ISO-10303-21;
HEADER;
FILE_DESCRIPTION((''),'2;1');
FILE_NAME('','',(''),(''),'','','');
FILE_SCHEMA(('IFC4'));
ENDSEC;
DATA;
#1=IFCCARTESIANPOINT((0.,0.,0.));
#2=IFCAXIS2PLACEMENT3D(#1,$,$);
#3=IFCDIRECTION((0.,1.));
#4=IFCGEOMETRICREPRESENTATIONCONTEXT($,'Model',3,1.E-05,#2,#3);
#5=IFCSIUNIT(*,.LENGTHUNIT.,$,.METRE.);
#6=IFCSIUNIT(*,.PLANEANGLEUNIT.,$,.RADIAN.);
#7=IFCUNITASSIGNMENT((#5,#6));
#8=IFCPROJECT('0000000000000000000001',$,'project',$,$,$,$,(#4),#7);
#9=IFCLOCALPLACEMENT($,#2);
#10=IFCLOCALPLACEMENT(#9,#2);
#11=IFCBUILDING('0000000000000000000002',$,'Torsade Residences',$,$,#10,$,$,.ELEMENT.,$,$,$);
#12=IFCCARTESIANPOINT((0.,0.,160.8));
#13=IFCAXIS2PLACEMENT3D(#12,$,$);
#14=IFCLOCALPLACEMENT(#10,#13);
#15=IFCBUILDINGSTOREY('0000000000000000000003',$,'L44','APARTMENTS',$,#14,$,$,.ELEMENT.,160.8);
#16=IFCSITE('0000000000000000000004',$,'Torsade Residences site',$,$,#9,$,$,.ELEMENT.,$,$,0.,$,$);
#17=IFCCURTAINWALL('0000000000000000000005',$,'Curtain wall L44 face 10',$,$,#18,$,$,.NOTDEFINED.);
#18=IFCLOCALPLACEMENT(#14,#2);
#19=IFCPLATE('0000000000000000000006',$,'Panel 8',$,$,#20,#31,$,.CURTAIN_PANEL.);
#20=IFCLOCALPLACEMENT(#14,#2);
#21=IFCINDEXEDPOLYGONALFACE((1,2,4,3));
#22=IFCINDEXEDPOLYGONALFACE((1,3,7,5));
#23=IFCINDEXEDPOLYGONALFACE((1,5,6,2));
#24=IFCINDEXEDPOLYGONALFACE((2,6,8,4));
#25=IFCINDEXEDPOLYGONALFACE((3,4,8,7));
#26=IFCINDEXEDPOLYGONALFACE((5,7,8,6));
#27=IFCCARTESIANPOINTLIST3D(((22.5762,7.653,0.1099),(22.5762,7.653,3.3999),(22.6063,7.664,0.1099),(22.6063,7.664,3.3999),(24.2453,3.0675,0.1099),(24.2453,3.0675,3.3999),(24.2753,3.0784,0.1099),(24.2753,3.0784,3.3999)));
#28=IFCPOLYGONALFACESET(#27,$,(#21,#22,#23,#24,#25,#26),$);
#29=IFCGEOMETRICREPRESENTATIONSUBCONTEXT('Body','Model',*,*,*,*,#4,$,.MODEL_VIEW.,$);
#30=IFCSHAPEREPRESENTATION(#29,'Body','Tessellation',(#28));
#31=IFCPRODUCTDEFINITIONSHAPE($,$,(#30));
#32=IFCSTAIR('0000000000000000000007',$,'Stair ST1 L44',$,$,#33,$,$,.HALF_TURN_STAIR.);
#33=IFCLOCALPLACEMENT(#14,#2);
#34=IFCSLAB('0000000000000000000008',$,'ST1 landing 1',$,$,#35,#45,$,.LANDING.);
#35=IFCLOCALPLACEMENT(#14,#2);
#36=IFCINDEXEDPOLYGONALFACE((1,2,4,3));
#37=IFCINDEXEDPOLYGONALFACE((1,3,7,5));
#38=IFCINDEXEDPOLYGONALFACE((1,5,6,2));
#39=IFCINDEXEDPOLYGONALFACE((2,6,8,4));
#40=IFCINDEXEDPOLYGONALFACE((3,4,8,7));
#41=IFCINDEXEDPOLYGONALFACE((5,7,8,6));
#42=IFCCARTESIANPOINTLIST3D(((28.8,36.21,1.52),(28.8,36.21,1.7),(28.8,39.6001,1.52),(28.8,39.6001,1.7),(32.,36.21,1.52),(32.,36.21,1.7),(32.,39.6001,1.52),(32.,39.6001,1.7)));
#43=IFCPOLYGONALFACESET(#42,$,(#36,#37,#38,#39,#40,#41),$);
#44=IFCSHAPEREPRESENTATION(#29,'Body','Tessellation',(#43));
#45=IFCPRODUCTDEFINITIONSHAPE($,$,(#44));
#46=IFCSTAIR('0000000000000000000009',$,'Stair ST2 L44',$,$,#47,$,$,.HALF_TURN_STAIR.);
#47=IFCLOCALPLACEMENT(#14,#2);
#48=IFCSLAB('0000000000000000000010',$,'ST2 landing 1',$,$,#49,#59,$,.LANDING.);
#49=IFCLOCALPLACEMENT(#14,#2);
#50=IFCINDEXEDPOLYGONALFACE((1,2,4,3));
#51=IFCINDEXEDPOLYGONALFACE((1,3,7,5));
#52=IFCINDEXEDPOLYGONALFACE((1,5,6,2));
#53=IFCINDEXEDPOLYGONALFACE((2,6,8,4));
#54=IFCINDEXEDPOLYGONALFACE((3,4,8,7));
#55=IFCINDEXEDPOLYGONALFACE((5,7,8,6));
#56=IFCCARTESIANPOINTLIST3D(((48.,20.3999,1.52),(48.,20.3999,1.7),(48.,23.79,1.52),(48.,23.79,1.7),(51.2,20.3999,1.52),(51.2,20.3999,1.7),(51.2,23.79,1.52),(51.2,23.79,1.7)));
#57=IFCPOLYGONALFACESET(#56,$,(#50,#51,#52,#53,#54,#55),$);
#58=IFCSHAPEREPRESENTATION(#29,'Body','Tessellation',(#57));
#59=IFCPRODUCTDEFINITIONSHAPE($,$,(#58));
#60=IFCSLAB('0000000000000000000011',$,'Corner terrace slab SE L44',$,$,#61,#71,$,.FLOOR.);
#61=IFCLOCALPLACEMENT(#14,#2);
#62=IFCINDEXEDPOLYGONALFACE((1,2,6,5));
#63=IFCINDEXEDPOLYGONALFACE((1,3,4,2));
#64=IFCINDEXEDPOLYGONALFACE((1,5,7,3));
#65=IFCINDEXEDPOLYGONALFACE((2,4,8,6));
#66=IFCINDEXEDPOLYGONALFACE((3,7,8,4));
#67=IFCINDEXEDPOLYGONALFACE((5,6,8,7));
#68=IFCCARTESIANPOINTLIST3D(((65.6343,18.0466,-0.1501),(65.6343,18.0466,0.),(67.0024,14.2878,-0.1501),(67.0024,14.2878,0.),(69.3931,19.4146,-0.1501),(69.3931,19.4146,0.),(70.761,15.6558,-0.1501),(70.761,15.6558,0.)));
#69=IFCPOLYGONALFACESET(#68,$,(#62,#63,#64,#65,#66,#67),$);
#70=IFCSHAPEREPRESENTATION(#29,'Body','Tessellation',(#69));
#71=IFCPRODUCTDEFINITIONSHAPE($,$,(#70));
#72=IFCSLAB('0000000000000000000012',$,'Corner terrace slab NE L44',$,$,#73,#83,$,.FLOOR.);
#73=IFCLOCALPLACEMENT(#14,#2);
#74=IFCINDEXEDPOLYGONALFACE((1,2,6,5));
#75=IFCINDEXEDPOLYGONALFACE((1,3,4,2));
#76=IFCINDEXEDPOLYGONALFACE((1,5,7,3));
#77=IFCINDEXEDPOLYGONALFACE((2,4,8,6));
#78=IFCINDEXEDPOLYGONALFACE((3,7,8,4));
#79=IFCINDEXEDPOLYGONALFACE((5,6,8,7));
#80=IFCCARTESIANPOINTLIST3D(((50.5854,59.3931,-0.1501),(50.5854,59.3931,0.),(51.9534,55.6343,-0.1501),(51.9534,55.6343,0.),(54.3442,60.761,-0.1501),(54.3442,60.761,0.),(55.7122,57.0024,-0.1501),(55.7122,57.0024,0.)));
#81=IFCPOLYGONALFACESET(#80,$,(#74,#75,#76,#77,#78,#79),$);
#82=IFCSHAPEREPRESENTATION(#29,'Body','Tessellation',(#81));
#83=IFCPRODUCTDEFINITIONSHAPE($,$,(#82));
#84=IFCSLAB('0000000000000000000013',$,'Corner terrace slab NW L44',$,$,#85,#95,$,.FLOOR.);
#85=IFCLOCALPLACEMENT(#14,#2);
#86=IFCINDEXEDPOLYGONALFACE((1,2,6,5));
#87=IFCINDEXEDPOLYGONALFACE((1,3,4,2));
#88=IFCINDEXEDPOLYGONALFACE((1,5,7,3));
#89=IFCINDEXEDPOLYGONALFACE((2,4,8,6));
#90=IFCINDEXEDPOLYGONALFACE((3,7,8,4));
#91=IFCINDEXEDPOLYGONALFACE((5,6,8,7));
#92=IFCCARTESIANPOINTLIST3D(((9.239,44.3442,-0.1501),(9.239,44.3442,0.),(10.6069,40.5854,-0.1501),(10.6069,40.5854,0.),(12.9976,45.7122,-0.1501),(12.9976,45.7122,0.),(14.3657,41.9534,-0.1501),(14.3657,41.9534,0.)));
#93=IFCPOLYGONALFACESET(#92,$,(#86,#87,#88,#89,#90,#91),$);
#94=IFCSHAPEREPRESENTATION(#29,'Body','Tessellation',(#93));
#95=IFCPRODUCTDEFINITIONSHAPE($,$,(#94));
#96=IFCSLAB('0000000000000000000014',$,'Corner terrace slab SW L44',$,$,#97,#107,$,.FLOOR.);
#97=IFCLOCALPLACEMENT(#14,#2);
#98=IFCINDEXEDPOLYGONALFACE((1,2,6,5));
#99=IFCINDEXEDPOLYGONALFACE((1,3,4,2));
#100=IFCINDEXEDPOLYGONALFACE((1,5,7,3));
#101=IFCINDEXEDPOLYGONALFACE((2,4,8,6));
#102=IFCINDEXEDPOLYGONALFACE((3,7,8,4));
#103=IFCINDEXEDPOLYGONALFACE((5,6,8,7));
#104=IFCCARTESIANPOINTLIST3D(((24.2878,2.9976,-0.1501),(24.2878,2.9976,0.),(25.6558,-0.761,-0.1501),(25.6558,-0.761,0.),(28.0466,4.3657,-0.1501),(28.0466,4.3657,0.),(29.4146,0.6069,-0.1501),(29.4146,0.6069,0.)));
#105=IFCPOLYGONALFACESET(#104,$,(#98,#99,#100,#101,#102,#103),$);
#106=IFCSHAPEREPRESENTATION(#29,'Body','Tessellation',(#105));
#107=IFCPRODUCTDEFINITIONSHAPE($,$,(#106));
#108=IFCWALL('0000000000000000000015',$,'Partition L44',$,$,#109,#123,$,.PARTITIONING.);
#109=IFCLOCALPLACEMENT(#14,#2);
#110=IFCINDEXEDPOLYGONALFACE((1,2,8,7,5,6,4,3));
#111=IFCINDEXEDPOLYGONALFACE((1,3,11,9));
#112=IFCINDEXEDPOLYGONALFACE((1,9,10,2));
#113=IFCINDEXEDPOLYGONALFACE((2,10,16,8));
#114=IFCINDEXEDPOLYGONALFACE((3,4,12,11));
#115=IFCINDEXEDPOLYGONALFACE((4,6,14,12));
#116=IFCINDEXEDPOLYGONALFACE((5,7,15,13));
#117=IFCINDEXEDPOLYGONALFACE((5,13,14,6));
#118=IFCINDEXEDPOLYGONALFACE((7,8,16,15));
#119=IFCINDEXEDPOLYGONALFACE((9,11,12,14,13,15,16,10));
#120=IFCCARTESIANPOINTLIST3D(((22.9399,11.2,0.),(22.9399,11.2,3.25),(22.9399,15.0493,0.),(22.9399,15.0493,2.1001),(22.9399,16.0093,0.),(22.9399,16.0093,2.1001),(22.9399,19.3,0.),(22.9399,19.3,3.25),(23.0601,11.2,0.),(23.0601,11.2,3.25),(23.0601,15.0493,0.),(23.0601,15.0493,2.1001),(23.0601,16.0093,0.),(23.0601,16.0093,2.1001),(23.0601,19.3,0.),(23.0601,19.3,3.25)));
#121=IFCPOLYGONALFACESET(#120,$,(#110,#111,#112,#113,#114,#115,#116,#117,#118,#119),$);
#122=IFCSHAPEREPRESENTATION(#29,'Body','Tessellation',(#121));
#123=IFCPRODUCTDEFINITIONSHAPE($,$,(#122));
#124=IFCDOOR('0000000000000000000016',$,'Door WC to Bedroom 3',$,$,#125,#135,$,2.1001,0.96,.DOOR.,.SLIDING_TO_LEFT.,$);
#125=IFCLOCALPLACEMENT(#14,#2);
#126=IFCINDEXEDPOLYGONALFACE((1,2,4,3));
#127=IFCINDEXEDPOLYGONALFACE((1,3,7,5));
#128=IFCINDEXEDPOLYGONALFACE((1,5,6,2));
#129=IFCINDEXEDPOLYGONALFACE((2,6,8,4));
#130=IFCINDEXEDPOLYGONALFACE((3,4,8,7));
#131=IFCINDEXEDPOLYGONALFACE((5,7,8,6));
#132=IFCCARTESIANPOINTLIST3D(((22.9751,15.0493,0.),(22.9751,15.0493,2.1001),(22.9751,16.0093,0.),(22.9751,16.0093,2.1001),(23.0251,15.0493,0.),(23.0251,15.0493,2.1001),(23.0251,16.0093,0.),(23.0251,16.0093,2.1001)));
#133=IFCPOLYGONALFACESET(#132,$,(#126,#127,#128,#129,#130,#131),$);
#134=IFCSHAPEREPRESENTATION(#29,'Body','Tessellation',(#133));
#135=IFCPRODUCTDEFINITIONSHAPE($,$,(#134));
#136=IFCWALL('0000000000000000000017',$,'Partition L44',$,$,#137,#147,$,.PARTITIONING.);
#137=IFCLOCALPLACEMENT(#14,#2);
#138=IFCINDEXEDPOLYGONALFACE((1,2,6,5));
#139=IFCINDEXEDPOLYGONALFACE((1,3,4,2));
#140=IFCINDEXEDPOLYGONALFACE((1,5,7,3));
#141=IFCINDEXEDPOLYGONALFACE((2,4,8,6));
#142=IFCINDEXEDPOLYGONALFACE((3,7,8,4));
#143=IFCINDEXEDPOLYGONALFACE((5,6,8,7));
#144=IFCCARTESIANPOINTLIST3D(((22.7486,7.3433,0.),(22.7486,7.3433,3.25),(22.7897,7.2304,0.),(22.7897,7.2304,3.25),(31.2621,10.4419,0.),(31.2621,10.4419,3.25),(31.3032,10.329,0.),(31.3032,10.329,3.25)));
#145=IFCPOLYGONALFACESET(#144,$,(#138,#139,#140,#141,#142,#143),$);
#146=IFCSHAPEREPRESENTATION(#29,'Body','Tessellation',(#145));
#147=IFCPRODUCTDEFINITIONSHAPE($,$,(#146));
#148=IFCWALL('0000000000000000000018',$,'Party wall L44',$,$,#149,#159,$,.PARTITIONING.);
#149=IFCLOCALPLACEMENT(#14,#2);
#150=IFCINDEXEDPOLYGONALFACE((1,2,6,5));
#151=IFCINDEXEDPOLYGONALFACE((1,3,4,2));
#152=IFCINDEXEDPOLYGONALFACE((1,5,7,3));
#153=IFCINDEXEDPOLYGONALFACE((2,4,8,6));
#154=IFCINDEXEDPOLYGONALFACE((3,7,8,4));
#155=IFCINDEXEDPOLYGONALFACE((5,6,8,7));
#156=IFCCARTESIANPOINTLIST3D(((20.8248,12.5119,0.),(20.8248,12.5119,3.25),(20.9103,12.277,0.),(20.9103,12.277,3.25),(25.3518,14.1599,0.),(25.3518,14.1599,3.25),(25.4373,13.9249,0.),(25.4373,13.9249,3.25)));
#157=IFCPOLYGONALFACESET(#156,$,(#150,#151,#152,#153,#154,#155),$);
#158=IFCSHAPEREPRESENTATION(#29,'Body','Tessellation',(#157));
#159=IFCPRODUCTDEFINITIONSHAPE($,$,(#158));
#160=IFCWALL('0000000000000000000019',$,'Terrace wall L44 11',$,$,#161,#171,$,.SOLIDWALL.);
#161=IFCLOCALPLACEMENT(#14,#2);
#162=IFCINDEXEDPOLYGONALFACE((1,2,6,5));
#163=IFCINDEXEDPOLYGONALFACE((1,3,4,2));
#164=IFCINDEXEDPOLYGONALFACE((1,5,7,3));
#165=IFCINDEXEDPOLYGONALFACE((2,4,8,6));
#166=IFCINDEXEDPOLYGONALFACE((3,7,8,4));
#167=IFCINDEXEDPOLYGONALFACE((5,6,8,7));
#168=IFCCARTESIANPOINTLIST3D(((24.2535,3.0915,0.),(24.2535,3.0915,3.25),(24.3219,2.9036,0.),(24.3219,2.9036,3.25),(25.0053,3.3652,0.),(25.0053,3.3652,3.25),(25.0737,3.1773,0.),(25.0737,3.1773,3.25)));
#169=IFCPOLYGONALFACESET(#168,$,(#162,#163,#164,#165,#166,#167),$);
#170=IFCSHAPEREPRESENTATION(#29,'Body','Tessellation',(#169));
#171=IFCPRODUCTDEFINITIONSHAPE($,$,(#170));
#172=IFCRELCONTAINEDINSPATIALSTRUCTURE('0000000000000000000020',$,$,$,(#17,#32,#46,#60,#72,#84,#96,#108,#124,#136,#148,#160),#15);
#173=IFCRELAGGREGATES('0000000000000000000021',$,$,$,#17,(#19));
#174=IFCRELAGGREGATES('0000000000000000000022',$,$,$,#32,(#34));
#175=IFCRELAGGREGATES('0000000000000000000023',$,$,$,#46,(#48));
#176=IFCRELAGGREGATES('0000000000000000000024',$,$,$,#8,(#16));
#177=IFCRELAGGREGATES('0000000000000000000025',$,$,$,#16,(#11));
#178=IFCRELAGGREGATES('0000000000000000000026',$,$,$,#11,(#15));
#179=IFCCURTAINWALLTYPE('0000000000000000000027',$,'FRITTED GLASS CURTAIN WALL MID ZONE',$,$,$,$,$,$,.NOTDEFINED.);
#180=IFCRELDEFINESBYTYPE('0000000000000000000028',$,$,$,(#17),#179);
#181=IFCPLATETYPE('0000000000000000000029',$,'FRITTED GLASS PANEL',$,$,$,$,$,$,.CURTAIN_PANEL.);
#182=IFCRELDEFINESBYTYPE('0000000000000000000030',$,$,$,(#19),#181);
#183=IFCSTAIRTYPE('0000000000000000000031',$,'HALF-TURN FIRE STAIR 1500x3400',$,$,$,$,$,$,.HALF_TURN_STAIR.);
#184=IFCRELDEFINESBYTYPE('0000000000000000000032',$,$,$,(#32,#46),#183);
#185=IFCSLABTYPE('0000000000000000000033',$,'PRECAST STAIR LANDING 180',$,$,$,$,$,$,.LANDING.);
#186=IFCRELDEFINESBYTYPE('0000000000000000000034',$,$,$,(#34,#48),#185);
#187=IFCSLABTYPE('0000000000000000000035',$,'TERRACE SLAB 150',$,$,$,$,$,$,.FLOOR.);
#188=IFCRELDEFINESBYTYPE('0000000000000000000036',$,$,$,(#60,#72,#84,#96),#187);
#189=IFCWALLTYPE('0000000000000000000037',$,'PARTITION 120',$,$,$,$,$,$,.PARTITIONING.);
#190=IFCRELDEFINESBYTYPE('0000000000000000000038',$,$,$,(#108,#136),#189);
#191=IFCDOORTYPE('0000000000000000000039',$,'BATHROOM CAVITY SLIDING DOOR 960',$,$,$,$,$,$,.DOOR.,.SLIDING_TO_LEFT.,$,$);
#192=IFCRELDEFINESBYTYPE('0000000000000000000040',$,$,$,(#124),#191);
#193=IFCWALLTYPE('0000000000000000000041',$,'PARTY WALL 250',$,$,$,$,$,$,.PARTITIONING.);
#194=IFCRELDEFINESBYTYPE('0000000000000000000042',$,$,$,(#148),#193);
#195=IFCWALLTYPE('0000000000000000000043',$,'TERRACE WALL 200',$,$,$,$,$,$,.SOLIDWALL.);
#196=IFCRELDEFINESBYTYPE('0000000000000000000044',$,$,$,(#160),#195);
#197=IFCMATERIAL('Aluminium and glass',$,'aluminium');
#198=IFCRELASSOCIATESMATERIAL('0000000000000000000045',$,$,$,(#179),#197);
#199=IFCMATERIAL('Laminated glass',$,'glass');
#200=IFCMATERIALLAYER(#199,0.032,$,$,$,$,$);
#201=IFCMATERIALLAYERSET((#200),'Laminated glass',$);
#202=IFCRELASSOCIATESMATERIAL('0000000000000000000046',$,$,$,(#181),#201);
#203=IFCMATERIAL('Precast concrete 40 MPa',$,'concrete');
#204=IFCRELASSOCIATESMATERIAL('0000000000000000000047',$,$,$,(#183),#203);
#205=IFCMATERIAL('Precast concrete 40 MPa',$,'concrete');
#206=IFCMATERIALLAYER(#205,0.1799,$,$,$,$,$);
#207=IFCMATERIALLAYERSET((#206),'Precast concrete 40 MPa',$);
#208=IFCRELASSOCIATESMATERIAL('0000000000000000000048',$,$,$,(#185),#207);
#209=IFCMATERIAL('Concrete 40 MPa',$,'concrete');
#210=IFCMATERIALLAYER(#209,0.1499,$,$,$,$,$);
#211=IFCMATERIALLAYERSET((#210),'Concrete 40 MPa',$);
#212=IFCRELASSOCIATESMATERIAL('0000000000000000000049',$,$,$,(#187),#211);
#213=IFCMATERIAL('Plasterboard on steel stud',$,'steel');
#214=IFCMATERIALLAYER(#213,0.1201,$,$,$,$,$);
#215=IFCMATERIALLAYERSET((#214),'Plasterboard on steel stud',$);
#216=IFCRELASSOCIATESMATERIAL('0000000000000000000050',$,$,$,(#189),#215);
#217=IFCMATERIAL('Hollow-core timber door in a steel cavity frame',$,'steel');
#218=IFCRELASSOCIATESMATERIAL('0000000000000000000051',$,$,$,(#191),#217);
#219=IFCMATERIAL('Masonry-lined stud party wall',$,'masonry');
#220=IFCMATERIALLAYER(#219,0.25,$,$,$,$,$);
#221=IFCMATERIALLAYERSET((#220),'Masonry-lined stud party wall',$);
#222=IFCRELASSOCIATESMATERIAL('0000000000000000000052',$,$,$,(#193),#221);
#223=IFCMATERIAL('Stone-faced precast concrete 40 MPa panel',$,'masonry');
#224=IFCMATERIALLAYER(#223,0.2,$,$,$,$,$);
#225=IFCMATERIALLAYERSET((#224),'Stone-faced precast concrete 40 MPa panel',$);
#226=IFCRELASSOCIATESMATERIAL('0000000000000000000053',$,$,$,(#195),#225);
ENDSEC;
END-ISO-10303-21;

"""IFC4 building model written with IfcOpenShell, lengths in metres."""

from ifc_helpers import new_model, si_unit, direction, frame, frame_2d, origin, origin_2d, place, context, subcontext, project, spatial, polyline, rectangle, outline, extrude, material, layer, layer_set, type_object, element, fill, aggregate, save


model = new_model("IFC4")

# Units and contexts
model_context = context("Model", 3, precision=1e-05, world=origin(), true_north=direction((0.0, 1.0)))
body_context = subcontext(model_context, "Body", "Model", "MODEL_VIEW")
ifc_project = project(units=[si_unit("LENGTHUNIT", "METRE"), si_unit("PLANEANGLEUNIT", "RADIAN")], contexts=[model_context])

# Site, building, storey
site_placement = place(None, origin())
site = spatial("IfcSite", under=ifc_project, at=site_placement, Name="Torsade Residences site", CompositionType="ELEMENT", RefElevation=0.0)
building_placement = place(site_placement, origin())
building = spatial("IfcBuilding", under=site, at=building_placement, Name="Torsade Residences", CompositionType="ELEMENT")
storey_placement = place(building_placement, frame((0.0, 0.0, 160.8)))
storey = spatial("IfcBuildingStorey", under=building, at=storey_placement, Name="L44", Description="APARTMENTS", CompositionType="ELEMENT", Elevation=160.8)

# Curtain wall
ifc_material_1 = material(Name="Aluminium and glass", Category="aluminium")
curtain_wall_type = type_object("IfcCurtainWallType", Name="FRITTED GLASS CURTAIN WALL MID ZONE", PredefinedType="NOTDEFINED", material=ifc_material_1)
curtain_wall_placement = place(storey_placement, origin())
curtain_wall = element("IfcCurtainWall", 1, at=curtain_wall_placement, inside=storey, type_object=curtain_wall_type, Name="Curtain wall L44 face 10", PredefinedType="NOTDEFINED")

# Plate
ifc_material_2 = material(Name="Laminated glass", Category="glass")
ifc_layer_1 = layer(ifc_material_2, 0.032)
ifc_layer_set_1 = layer_set([ifc_layer_1], Name="Laminated glass")
plate_type = type_object("IfcPlateType", Name="FRITTED GLASS PANEL", PredefinedType="CURTAIN_PANEL", material=ifc_layer_set_1)
plate_1_placement = place(storey_placement, frame((23.4258, 5.3657, 0.1099), z_axis=(0.0, 0.0, 1.0), x_axis=(0.34202, -0.939693, 0.0)))
plate_1 = element("IfcPlate", 2, at=plate_1_placement, type_object=plate_type, Name="Panel 8", PredefinedType="CURTAIN_PANEL", context=body_context, shape_type="SweptSolid", body=[
    extrude(rectangle(XDim=4.8799, YDim=0.032, at=origin_2d()), origin(), (0.0, 0.0, 1.0), 3.29),
])
aggregate(curtain_wall, [plate_1])

# Stairs, slabs
ifc_material_3 = material(Name="Precast concrete 40 MPa", Category="concrete")
stair_type = type_object("IfcStairType", Name="HALF-TURN FIRE STAIR 1500x3400", PredefinedType="HALF_TURN_STAIR", material=ifc_material_3)
stair_1_placement = place(storey_placement, origin())
stair_1 = element("IfcStair", 3, at=stair_1_placement, inside=storey, type_object=stair_type, Name="Stair ST1 L44", PredefinedType="HALF_TURN_STAIR")
ifc_material_4 = material(Name="Precast concrete 40 MPa", Category="concrete")
ifc_layer_2 = layer(ifc_material_4, 0.1799)
ifc_layer_set_2 = layer_set([ifc_layer_2], Name="Precast concrete 40 MPa")
slab_type_1 = type_object("IfcSlabType", Name="PRECAST STAIR LANDING 180", PredefinedType="LANDING", material=ifc_layer_set_2)
slab_1_placement = place(storey_placement, frame((0.0, 0.0, 1.52)))
slab_1 = element("IfcSlab", 4, at=slab_1_placement, type_object=slab_type_1, Name="ST1 landing 1", PredefinedType="LANDING", context=body_context, shape_type="SweptSolid", body=[
    extrude(outline(polyline([(28.8, 36.21), (32.0, 36.21), (32.0, 39.6001), (28.8, 39.6001), (28.8, 36.21)])), origin(), (0.0, 0.0, 1.0), 0.1799),
])
aggregate(stair_1, [slab_1])
stair_2_placement = place(storey_placement, origin())
stair_2 = element("IfcStair", 5, at=stair_2_placement, inside=storey, type_object=stair_type, Name="Stair ST2 L44", PredefinedType="HALF_TURN_STAIR")
slab_2_placement = place(storey_placement, frame((0.0, 0.0, 1.52)))
slab_2 = element("IfcSlab", 6, at=slab_2_placement, type_object=slab_type_1, Name="ST2 landing 1", PredefinedType="LANDING", context=body_context, shape_type="SweptSolid", body=[
    extrude(outline(polyline([(48.0, 20.3999), (51.2, 20.3999), (51.2, 23.79), (48.0, 23.79), (48.0, 20.3999)])), origin(), (0.0, 0.0, 1.0), 0.1799),
])
aggregate(stair_2, [slab_2])

# Slabs
ifc_material_5 = material(Name="Concrete 40 MPa", Category="concrete")
ifc_layer_3 = layer(ifc_material_5, 0.1499)
ifc_layer_set_3 = layer_set([ifc_layer_3], Name="Concrete 40 MPa")
slab_type_2 = type_object("IfcSlabType", Name="TERRACE SLAB 150", PredefinedType="FLOOR", material=ifc_layer_set_3)
slab_3_placement = place(storey_placement, frame((0.0, 0.0, -0.1501)))
element("IfcSlab", 7, at=slab_3_placement, inside=storey, type_object=slab_type_2, Name="Corner terrace slab SE L44", PredefinedType="FLOOR", context=body_context, shape_type="SweptSolid", body=[
    extrude(outline(polyline([(67.0024, 14.2878), (70.761, 15.6558), (69.3931, 19.4146), (65.6343, 18.0466), (67.0024, 14.2878)])), origin(), (0.0, 0.0, 1.0), 0.1501),
])
slab_4_placement = place(storey_placement, frame((0.0, 0.0, -0.1501)))
element("IfcSlab", 8, at=slab_4_placement, inside=storey, type_object=slab_type_2, Name="Corner terrace slab NE L44", PredefinedType="FLOOR", context=body_context, shape_type="SweptSolid", body=[
    extrude(outline(polyline([(51.9534, 55.6343), (55.7122, 57.0024), (54.3442, 60.761), (50.5854, 59.3931), (51.9534, 55.6343)])), origin(), (0.0, 0.0, 1.0), 0.1501),
])
slab_5_placement = place(storey_placement, frame((0.0, 0.0, -0.1501)))
element("IfcSlab", 9, at=slab_5_placement, inside=storey, type_object=slab_type_2, Name="Corner terrace slab NW L44", PredefinedType="FLOOR", context=body_context, shape_type="SweptSolid", body=[
    extrude(outline(polyline([(10.6069, 40.5854), (14.3657, 41.9534), (12.9976, 45.7122), (9.239, 44.3442), (10.6069, 40.5854)])), origin(), (0.0, 0.0, 1.0), 0.1501),
])
slab_6_placement = place(storey_placement, frame((0.0, 0.0, -0.1501)))
element("IfcSlab", 10, at=slab_6_placement, inside=storey, type_object=slab_type_2, Name="Corner terrace slab SW L44", PredefinedType="FLOOR", context=body_context, shape_type="SweptSolid", body=[
    extrude(outline(polyline([(25.6558, -0.761), (29.4146, 0.6069), (28.0466, 4.3657), (24.2878, 2.9976), (25.6558, -0.761)])), origin(), (0.0, 0.0, 1.0), 0.1501),
])

# Wall, opening, door
ifc_material_6 = material(Name="Plasterboard on steel stud", Category="steel")
ifc_layer_4 = layer(ifc_material_6, 0.1201)
ifc_layer_set_4 = layer_set([ifc_layer_4], Name="Plasterboard on steel stud")
wall_type_1 = type_object("IfcWallType", Name="PARTITION 120", PredefinedType="PARTITIONING", material=ifc_layer_set_4)
wall_1_placement = place(storey_placement, frame((23.0, 11.2, 0.0), z_axis=(0.0, 0.0, 1.0), x_axis=(0.0, 1.0, 0.0)))
wall_1 = element("IfcWall", 11, at=wall_1_placement, inside=storey, type_object=wall_type_1, Name="Partition L44", PredefinedType="PARTITIONING", context=body_context, shape_type="SweptSolid", body=[
    extrude(rectangle(XDim=8.1001, YDim=0.1201, at=frame_2d((4.05, 0.0))), origin(), (0.0, 0.0, 1.0), 3.25),
])
opening_placement = place(wall_1_placement, frame((3.8494, 0.0, 0.0)))
opening = element("IfcOpeningElement", 12, at=opening_placement, cuts=wall_1, PredefinedType="OPENING", context=body_context, shape_type="SweptSolid", body=[
    extrude(rectangle(XDim=0.96, YDim=2.1001, at=frame_2d((0.48, 1.05))), frame((0.0, 0.0701, 0.0), z_axis=(0.0, -1.0, 0.0), x_axis=(1.0, 0.0, 0.0)), (0.0, 0.0, 1.0), 0.1401),
])
ifc_material_7 = material(Name="Hollow-core timber door in a steel cavity frame", Category="steel")
door_type = type_object("IfcDoorType", Name="BATHROOM CAVITY SLIDING DOOR 960", OperationType="SLIDING_TO_LEFT", PredefinedType="DOOR", material=ifc_material_7)
door_placement = place(opening_placement, origin())
door = element("IfcDoor", 13, at=door_placement, inside=storey, type_object=door_type, Name="Door WC to Bedroom 3", OperationType="SLIDING_TO_LEFT", OverallHeight=2.1001, OverallWidth=0.96, PredefinedType="DOOR", context=body_context, shape_type="SweptSolid", body=[
    extrude(rectangle(XDim=0.96, YDim=2.1001, at=frame_2d((0.48, 1.05))), frame((0.0, 0.0249, 0.0), z_axis=(0.0, -1.0, 0.0), x_axis=(1.0, 0.0, 0.0)), (0.0, 0.0, 1.0), 0.05),
])
fill(opening, door)

# Walls
wall_2_placement = place(storey_placement, frame((22.7693, 7.2869, 0.0), z_axis=(0.0, 0.0, 1.0), x_axis=(0.939693, 0.34202, 0.0)))
element("IfcWall", 14, at=wall_2_placement, inside=storey, type_object=wall_type_1, Name="Partition L44", PredefinedType="PARTITIONING", context=body_context, shape_type="SweptSolid", body=[
    extrude(rectangle(XDim=9.0598, YDim=0.1201, at=frame_2d((4.5298, 0.0))), origin(), (0.0, 0.0, 1.0), 3.25),
])
ifc_material_8 = material(Name="Masonry-lined stud party wall", Category="masonry")
ifc_layer_5 = layer(ifc_material_8, 0.25)
ifc_layer_set_5 = layer_set([ifc_layer_5], Name="Masonry-lined stud party wall")
wall_type_2 = type_object("IfcWallType", Name="PARTY WALL 250", PredefinedType="PARTITIONING", material=ifc_layer_set_5)
wall_3_placement = place(storey_placement, frame((20.8677, 12.3945, 0.0), z_axis=(0.0, 0.0, 1.0), x_axis=(0.939678, 0.34206, 0.0)))
element("IfcWall", 15, at=wall_3_placement, inside=storey, type_object=wall_type_2, Name="Party wall L44", PredefinedType="PARTITIONING", context=body_context, shape_type="SweptSolid", body=[
    extrude(rectangle(XDim=4.8176, YDim=0.25, at=frame_2d((2.4087, 0.0))), origin(), (0.0, 0.0, 1.0), 3.25),
])
ifc_material_9 = material(Name="Stone-faced precast concrete 40 MPa panel", Category="masonry")
ifc_layer_6 = layer(ifc_material_9, 0.2)
ifc_layer_set_6 = layer_set([ifc_layer_6], Name="Stone-faced precast concrete 40 MPa panel")
wall_type_3 = type_object("IfcWallType", Name="TERRACE WALL 200", PredefinedType="SOLIDWALL", material=ifc_layer_set_6)
wall_4_placement = place(storey_placement, frame((24.2878, 2.9976, 0.0), z_axis=(0.0, 0.0, 1.0), x_axis=(0.93966, 0.342111, 0.0)))
element("IfcWall", 16, at=wall_4_placement, inside=storey, type_object=wall_type_3, Name="Terrace wall L44 11", PredefinedType="SOLIDWALL", context=body_context, shape_type="SweptSolid", body=[
    extrude(rectangle(XDim=0.8, YDim=0.2, at=frame_2d((0.3999, 0.0))), origin(), (0.0, 0.0, 1.0), 3.25),
])

save(model, "model.ifc")
